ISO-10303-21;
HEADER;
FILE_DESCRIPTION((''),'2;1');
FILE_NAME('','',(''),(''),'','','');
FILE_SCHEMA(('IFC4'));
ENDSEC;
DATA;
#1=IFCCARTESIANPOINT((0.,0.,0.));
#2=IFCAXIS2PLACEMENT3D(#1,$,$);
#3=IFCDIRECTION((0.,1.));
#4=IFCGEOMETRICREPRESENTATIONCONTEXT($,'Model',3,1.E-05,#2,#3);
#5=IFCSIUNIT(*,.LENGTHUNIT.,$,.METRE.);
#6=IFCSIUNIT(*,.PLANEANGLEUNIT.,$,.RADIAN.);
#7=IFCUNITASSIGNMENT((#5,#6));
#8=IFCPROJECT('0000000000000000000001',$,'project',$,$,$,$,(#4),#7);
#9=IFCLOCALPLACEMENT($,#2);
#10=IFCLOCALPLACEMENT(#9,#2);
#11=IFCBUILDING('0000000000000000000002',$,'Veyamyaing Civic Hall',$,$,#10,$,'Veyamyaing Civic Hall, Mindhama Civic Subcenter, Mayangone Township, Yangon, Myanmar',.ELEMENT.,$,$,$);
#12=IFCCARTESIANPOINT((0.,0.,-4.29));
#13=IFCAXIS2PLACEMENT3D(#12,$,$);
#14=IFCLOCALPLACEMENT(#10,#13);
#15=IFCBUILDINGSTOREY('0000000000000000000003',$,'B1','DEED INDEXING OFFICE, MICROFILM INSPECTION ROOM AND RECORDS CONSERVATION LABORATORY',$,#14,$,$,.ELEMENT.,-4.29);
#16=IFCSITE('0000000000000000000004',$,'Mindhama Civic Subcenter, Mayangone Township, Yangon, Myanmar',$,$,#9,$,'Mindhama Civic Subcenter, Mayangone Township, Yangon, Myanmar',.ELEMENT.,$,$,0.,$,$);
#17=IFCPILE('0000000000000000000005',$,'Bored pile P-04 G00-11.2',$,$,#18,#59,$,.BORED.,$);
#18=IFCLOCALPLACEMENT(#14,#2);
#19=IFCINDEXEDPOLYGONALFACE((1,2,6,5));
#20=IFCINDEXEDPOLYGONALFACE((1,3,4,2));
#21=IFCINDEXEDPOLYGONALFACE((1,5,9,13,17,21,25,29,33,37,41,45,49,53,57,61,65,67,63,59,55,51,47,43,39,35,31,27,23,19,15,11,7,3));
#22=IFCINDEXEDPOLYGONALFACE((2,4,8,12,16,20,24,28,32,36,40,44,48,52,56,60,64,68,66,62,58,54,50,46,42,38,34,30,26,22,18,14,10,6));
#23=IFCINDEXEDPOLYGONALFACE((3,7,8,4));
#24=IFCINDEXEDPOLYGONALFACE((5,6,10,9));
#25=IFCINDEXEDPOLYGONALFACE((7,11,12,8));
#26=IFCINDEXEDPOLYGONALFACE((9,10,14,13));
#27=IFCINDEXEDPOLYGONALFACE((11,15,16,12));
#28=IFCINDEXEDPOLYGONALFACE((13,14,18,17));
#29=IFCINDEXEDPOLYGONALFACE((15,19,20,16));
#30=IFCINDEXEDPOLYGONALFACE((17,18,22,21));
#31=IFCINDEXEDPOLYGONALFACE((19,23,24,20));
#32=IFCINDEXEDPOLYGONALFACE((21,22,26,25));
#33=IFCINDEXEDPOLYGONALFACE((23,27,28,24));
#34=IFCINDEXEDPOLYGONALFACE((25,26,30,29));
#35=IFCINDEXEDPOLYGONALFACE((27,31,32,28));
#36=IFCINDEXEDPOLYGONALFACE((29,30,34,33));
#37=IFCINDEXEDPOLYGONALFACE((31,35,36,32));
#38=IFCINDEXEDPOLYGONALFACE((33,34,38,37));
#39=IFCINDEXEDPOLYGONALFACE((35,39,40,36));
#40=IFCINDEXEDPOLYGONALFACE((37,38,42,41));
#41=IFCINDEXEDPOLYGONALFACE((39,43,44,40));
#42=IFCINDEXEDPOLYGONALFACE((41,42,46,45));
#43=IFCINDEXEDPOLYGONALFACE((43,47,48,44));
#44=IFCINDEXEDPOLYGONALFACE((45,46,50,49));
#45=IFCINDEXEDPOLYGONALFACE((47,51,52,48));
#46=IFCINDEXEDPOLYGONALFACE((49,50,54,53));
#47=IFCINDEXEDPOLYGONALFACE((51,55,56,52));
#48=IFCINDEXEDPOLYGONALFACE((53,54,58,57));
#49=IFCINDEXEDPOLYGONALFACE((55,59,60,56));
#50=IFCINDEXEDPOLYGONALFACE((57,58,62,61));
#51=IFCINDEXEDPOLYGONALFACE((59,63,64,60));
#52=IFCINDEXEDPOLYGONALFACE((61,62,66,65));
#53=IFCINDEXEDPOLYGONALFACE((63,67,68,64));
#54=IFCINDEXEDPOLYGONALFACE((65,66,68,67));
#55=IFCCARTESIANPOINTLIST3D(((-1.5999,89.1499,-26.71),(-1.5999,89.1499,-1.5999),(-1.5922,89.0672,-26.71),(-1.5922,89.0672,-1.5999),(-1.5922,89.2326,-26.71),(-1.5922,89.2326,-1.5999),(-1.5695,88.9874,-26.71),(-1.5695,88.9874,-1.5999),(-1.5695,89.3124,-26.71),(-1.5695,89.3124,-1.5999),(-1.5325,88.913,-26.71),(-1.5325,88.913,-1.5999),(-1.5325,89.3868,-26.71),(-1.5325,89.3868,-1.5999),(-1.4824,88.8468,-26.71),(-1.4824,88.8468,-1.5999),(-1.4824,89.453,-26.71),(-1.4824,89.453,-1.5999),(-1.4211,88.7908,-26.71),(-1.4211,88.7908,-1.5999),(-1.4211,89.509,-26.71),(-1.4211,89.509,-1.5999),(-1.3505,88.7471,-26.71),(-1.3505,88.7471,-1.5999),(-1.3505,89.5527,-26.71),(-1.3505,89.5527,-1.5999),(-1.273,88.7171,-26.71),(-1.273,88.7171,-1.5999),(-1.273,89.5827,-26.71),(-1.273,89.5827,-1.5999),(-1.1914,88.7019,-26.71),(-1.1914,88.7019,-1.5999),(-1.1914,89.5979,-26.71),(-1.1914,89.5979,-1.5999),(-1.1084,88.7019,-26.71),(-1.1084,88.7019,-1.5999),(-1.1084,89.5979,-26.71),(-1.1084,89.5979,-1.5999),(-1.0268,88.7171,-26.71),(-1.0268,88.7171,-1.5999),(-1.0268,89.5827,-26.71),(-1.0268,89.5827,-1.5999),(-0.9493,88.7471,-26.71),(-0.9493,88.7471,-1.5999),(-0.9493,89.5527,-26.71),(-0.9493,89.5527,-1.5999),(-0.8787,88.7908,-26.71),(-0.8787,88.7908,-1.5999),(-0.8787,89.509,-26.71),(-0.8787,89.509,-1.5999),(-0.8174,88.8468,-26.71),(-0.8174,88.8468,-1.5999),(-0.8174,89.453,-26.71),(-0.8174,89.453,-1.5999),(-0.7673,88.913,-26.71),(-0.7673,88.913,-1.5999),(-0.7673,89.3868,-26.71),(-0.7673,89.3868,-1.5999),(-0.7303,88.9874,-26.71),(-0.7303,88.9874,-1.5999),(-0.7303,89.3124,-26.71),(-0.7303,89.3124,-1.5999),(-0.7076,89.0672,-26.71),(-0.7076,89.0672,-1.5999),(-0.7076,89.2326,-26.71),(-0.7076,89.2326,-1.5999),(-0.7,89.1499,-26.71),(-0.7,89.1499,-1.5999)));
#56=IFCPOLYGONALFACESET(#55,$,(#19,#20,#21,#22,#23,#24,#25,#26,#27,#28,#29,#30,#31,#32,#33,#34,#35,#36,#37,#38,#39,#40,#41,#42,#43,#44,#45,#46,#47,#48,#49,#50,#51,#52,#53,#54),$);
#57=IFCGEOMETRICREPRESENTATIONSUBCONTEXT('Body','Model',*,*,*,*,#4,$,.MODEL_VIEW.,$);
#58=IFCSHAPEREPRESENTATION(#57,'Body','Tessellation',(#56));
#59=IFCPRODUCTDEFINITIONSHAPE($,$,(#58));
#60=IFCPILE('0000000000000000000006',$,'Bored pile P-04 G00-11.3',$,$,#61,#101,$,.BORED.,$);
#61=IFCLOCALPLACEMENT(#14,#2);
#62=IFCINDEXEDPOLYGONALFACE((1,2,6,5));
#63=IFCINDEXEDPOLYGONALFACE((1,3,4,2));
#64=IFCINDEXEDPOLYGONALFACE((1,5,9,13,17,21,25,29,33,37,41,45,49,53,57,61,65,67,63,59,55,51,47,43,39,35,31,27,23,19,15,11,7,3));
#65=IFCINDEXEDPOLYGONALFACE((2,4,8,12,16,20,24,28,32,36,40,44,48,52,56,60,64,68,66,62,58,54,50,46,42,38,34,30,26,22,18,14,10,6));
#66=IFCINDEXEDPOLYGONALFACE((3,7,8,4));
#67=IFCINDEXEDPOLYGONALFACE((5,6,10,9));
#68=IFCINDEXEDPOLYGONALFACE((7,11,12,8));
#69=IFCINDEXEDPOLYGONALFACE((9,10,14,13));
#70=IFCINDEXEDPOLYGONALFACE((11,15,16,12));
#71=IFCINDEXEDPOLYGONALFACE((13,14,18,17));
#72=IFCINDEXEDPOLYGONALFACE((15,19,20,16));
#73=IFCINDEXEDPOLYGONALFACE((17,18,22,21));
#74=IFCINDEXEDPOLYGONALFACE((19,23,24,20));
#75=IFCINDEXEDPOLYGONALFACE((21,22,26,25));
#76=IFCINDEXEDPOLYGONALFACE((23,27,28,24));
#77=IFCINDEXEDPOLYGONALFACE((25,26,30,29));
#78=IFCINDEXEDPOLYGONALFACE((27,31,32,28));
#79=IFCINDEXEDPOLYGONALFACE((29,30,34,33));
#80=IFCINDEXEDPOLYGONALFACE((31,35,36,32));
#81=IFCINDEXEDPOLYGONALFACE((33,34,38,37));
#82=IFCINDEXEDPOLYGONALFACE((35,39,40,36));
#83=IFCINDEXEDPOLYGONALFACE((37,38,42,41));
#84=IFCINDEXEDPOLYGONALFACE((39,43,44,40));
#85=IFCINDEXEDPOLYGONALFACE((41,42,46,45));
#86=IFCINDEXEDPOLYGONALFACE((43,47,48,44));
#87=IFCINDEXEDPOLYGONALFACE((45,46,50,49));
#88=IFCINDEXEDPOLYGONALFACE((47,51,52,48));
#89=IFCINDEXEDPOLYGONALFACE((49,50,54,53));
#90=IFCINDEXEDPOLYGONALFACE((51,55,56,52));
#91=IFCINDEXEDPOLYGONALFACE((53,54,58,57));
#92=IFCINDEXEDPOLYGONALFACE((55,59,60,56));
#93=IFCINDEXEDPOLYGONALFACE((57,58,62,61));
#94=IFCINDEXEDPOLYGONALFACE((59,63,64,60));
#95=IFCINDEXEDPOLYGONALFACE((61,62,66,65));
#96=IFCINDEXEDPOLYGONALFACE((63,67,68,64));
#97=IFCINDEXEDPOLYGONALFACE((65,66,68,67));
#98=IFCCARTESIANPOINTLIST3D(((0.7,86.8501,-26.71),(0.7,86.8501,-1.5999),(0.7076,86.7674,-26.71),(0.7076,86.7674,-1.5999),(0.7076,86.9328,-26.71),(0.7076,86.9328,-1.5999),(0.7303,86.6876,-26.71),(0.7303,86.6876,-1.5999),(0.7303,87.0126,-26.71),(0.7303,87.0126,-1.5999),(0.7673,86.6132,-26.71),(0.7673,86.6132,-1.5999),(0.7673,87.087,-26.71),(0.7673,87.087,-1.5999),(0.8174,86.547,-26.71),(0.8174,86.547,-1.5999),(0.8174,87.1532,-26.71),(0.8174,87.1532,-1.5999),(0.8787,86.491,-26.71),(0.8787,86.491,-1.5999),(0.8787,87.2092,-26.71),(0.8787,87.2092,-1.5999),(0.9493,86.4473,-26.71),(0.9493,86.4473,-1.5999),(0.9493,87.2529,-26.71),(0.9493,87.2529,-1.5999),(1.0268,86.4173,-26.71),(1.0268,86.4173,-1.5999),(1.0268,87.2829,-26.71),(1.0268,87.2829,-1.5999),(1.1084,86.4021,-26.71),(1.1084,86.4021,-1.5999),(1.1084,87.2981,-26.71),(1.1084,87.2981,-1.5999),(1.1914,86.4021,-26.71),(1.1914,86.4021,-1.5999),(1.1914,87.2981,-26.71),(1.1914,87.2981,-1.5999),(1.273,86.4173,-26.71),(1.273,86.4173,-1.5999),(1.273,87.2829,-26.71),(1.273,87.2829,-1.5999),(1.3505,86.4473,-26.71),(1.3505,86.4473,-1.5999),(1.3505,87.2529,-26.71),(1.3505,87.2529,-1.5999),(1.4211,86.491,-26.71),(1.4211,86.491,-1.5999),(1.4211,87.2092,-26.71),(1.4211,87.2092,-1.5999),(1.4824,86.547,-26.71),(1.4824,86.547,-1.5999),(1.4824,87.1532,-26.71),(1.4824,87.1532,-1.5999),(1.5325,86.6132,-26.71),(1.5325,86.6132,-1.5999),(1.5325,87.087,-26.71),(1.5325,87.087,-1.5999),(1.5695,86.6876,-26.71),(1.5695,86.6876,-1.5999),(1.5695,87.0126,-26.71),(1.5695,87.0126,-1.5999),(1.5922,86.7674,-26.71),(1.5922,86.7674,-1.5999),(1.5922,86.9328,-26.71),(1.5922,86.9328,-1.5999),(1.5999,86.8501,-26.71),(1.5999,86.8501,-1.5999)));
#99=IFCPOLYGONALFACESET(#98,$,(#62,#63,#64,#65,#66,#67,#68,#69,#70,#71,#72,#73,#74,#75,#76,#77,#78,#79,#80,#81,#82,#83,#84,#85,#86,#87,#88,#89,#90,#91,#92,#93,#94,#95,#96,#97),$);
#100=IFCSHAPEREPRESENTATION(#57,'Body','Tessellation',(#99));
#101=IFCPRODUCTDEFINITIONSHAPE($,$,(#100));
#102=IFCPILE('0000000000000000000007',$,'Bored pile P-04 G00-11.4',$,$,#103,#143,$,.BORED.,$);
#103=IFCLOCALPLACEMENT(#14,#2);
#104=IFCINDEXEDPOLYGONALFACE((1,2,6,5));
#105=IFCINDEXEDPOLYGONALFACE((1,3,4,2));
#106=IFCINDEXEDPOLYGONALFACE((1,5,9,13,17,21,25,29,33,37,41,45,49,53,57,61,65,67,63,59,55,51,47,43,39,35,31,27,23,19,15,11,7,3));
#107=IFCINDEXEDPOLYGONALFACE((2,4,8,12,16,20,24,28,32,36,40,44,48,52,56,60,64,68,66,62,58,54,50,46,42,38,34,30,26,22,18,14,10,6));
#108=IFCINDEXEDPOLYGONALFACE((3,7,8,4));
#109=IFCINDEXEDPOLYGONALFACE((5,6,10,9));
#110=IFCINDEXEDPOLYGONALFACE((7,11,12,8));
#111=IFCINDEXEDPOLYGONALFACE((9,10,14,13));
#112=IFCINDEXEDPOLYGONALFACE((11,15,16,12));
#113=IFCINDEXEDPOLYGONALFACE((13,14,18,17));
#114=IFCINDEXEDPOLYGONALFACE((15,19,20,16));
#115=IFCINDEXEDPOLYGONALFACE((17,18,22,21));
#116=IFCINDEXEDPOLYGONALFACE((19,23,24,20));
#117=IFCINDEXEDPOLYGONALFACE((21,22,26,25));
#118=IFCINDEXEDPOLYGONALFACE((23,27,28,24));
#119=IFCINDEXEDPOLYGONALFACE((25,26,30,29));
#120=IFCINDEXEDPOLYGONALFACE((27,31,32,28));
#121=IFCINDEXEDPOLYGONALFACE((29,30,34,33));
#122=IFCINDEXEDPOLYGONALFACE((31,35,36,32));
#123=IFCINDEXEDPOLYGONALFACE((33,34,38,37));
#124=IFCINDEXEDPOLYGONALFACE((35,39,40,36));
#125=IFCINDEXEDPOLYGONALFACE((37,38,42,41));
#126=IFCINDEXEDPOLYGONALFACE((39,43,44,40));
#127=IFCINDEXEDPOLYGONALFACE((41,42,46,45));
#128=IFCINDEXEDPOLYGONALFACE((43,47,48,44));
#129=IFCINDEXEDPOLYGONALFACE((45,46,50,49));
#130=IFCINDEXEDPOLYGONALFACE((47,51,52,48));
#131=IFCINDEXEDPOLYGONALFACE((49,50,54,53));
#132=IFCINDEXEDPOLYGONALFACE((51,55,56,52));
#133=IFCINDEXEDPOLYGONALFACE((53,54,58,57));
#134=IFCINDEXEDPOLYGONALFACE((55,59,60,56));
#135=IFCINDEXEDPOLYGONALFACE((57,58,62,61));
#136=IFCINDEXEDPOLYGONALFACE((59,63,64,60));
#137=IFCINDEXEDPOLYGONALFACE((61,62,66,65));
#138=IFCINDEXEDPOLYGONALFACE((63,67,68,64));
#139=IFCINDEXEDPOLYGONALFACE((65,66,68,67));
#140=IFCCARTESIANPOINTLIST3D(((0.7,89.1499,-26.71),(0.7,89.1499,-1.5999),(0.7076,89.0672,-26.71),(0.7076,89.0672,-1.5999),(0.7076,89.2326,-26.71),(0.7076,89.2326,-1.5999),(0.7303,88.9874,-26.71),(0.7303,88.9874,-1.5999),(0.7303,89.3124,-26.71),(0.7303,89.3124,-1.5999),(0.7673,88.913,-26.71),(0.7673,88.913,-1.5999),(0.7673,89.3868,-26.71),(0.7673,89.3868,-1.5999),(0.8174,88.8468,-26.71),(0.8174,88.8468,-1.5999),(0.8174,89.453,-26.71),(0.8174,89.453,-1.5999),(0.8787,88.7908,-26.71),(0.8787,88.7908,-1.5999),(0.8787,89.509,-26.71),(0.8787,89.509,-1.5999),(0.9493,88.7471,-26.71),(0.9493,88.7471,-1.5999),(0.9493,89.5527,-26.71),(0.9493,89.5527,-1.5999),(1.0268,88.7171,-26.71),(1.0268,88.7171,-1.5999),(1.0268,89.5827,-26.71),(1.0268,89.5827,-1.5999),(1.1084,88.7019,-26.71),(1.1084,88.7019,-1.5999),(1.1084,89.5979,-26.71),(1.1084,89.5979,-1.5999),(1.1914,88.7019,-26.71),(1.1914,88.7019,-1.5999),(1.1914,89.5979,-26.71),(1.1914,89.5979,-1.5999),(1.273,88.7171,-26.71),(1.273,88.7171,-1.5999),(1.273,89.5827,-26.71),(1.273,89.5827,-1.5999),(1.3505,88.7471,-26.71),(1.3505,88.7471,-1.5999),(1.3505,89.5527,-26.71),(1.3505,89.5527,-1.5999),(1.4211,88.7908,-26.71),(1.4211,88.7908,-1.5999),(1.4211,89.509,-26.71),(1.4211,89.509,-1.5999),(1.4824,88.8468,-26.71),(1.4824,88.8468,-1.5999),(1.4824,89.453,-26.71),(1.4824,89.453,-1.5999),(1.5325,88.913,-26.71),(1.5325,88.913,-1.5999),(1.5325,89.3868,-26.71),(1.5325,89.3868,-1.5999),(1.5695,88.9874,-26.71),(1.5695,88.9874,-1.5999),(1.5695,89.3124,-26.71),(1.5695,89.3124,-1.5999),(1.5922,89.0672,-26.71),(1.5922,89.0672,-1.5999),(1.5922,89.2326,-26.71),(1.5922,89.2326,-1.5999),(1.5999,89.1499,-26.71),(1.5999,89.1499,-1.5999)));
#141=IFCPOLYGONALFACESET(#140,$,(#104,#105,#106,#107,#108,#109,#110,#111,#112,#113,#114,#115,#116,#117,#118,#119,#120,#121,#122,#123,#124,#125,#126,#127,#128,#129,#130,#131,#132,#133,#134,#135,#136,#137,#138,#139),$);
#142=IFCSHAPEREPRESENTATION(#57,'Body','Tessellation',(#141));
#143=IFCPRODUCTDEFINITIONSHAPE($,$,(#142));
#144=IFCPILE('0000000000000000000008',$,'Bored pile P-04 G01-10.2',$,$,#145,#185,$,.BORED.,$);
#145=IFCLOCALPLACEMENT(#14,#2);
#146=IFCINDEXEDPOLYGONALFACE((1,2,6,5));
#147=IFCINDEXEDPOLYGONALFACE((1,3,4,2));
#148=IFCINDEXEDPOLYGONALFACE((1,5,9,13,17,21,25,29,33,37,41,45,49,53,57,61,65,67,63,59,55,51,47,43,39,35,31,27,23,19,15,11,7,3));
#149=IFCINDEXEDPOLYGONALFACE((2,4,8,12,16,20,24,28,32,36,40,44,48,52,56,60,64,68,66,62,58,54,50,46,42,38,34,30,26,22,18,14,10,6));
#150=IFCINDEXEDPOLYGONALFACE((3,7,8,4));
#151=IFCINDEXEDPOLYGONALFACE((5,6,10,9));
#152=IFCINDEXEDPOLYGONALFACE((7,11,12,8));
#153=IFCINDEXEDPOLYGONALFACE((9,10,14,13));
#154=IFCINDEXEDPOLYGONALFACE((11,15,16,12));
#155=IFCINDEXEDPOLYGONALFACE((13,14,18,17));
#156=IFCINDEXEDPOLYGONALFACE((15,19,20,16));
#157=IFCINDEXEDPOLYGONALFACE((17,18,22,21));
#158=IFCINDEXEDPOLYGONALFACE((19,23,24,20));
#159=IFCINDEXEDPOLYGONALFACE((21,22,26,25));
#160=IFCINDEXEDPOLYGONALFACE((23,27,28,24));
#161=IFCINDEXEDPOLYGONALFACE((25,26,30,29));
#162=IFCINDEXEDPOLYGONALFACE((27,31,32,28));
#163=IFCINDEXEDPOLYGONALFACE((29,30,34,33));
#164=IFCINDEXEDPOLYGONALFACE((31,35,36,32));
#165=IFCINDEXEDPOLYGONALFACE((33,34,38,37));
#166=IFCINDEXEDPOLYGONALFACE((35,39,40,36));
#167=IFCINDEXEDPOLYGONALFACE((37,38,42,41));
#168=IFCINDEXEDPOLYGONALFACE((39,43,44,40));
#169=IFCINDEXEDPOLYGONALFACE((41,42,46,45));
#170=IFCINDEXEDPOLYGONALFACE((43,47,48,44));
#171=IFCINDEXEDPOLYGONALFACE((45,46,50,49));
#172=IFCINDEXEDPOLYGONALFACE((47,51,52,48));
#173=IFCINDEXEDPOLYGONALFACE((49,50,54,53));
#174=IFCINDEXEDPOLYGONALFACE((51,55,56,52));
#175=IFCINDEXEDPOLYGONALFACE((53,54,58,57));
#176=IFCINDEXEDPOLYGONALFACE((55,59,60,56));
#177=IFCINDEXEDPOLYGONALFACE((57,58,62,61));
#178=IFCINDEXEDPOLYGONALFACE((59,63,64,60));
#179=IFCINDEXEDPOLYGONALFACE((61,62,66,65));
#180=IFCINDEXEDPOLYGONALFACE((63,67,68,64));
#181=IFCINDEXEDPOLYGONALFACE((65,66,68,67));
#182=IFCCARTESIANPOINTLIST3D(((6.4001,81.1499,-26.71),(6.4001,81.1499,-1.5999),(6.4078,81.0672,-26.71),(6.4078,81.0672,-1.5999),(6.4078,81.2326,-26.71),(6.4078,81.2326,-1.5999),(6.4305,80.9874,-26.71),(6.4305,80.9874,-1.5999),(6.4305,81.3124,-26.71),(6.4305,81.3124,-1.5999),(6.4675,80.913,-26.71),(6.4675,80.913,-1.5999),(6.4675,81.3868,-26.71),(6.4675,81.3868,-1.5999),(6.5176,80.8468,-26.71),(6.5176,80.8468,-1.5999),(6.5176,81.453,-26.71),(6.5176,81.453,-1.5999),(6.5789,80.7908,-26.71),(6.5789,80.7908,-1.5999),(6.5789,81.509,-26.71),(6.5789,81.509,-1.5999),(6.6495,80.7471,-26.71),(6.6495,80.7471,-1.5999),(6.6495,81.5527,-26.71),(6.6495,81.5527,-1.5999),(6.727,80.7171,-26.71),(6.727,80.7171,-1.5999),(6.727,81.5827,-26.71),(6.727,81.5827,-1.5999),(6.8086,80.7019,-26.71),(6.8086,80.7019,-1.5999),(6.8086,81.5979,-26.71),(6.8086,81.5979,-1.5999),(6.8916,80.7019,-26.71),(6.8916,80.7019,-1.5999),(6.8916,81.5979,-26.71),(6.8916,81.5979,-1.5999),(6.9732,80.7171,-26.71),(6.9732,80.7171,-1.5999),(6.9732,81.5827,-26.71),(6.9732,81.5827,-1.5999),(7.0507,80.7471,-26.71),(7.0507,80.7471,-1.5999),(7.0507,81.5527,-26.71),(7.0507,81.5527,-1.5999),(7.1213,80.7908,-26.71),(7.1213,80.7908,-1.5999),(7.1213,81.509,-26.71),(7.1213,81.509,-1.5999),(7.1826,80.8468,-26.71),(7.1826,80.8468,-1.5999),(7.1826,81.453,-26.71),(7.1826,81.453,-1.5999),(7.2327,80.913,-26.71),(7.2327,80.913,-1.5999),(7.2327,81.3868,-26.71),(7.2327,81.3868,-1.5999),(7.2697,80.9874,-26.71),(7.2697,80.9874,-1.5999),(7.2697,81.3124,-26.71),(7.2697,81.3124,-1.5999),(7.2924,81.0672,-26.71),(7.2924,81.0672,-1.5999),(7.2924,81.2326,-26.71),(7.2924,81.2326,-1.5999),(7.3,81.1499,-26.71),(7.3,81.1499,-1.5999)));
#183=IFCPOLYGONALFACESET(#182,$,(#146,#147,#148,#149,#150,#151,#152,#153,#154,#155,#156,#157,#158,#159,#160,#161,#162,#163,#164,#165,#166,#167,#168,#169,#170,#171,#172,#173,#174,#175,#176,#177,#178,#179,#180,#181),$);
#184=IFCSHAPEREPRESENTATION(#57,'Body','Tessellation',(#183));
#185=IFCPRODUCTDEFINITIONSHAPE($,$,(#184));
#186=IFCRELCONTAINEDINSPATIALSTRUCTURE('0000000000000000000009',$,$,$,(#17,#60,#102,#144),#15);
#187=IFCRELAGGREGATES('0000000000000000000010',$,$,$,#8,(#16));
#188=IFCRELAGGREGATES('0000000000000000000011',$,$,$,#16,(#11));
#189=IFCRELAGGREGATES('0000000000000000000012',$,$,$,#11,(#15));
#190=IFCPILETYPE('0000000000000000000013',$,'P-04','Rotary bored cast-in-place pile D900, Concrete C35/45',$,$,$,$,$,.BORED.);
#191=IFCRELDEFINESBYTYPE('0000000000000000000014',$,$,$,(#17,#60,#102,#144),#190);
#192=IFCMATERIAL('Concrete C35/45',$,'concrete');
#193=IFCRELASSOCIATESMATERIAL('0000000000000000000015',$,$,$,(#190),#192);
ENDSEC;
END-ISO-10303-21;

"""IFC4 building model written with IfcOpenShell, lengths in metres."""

from ifc_helpers import new_model, si_unit, direction, frame, origin, origin_2d, place, context, subcontext, project, spatial, circle, extrude, material, material_profile, profile_set, type_object, element, save


model = new_model("IFC4")

# Units and contexts
model_context = context("Model", 3, precision=1e-05, world=origin(), true_north=direction((0.0, 1.0)))
body_context = subcontext(model_context, "Body", "Model", "MODEL_VIEW")
ifc_project = project(units=[si_unit("LENGTHUNIT", "METRE"), si_unit("PLANEANGLEUNIT", "RADIAN")], contexts=[model_context])

# Site, building, storey
site_placement = place(None, origin())
site = spatial("IfcSite", under=ifc_project, at=site_placement, Name="Mindhama Civic Subcenter, Mayangone Township, Yangon, Myanmar", LongName="Mindhama Civic Subcenter, Mayangone Township, Yangon, Myanmar", CompositionType="ELEMENT", RefElevation=0.0)
building_placement = place(site_placement, origin())
building = spatial("IfcBuilding", under=site, at=building_placement, Name="Veyamyaing Civic Hall", LongName="Veyamyaing Civic Hall, Mindhama Civic Subcenter, Mayangone Township, Yangon, Myanmar", CompositionType="ELEMENT")
storey_placement = place(building_placement, frame((0.0, 0.0, -4.29)))
storey = spatial("IfcBuildingStorey", under=building, at=storey_placement, Name="B1", Description="DEED INDEXING OFFICE, MICROFILM INSPECTION ROOM AND RECORDS CONSERVATION LABORATORY", CompositionType="ELEMENT", Elevation=-4.29)

# Piles
ifc_material_1 = material(Name="Concrete C35/45", Category="concrete")
ifc_material_profile_1 = material_profile(ifc_material_1, circle(Radius=0.45, at=origin_2d()), Name="PILE-D900")
ifc_profile_set_1 = profile_set([ifc_material_profile_1], Name="Concrete C35/45")
pile_type = type_object("IfcPileType", Name="P-04", Description="Rotary bored cast-in-place pile D900, Concrete C35/45", PredefinedType="BORED", material=ifc_profile_set_1)
for number, where, z_axis, x_axis, name in (
    (1, (-1.1499, 89.1499, -1.5999), (0.0, 0.0, -1.0), (1.0, 0.0, 0.0), "Bored pile P-04 G00-11.2"),
    (2, (1.1499, 86.8501, -1.5999), (0.0, 0.0, -1.0), (1.0, 0.0, 0.0), "Bored pile P-04 G00-11.3"),
    (3, (1.1499, 89.1499, -1.5999), (0.0, 0.0, -1.0), (1.0, 0.0, 0.0), "Bored pile P-04 G00-11.4"),
    (4, (6.8501, 81.1499, -1.5999), (0.0, 0.0, -1.0), (1.0, 0.0, 0.0), "Bored pile P-04 G01-10.2"),
):
    element("IfcPile", number, at=place(storey_placement, frame(where, z_axis=z_axis, x_axis=x_axis)), inside=storey, type_object=pile_type, Name=name, PredefinedType="BORED", context=body_context, shape_type="SweptSolid", body=[
        extrude(circle(Radius=0.45, at=origin_2d()), origin(), (0.0, 0.0, 1.0), 25.1101),
    ])

save(model, "model.ifc")
